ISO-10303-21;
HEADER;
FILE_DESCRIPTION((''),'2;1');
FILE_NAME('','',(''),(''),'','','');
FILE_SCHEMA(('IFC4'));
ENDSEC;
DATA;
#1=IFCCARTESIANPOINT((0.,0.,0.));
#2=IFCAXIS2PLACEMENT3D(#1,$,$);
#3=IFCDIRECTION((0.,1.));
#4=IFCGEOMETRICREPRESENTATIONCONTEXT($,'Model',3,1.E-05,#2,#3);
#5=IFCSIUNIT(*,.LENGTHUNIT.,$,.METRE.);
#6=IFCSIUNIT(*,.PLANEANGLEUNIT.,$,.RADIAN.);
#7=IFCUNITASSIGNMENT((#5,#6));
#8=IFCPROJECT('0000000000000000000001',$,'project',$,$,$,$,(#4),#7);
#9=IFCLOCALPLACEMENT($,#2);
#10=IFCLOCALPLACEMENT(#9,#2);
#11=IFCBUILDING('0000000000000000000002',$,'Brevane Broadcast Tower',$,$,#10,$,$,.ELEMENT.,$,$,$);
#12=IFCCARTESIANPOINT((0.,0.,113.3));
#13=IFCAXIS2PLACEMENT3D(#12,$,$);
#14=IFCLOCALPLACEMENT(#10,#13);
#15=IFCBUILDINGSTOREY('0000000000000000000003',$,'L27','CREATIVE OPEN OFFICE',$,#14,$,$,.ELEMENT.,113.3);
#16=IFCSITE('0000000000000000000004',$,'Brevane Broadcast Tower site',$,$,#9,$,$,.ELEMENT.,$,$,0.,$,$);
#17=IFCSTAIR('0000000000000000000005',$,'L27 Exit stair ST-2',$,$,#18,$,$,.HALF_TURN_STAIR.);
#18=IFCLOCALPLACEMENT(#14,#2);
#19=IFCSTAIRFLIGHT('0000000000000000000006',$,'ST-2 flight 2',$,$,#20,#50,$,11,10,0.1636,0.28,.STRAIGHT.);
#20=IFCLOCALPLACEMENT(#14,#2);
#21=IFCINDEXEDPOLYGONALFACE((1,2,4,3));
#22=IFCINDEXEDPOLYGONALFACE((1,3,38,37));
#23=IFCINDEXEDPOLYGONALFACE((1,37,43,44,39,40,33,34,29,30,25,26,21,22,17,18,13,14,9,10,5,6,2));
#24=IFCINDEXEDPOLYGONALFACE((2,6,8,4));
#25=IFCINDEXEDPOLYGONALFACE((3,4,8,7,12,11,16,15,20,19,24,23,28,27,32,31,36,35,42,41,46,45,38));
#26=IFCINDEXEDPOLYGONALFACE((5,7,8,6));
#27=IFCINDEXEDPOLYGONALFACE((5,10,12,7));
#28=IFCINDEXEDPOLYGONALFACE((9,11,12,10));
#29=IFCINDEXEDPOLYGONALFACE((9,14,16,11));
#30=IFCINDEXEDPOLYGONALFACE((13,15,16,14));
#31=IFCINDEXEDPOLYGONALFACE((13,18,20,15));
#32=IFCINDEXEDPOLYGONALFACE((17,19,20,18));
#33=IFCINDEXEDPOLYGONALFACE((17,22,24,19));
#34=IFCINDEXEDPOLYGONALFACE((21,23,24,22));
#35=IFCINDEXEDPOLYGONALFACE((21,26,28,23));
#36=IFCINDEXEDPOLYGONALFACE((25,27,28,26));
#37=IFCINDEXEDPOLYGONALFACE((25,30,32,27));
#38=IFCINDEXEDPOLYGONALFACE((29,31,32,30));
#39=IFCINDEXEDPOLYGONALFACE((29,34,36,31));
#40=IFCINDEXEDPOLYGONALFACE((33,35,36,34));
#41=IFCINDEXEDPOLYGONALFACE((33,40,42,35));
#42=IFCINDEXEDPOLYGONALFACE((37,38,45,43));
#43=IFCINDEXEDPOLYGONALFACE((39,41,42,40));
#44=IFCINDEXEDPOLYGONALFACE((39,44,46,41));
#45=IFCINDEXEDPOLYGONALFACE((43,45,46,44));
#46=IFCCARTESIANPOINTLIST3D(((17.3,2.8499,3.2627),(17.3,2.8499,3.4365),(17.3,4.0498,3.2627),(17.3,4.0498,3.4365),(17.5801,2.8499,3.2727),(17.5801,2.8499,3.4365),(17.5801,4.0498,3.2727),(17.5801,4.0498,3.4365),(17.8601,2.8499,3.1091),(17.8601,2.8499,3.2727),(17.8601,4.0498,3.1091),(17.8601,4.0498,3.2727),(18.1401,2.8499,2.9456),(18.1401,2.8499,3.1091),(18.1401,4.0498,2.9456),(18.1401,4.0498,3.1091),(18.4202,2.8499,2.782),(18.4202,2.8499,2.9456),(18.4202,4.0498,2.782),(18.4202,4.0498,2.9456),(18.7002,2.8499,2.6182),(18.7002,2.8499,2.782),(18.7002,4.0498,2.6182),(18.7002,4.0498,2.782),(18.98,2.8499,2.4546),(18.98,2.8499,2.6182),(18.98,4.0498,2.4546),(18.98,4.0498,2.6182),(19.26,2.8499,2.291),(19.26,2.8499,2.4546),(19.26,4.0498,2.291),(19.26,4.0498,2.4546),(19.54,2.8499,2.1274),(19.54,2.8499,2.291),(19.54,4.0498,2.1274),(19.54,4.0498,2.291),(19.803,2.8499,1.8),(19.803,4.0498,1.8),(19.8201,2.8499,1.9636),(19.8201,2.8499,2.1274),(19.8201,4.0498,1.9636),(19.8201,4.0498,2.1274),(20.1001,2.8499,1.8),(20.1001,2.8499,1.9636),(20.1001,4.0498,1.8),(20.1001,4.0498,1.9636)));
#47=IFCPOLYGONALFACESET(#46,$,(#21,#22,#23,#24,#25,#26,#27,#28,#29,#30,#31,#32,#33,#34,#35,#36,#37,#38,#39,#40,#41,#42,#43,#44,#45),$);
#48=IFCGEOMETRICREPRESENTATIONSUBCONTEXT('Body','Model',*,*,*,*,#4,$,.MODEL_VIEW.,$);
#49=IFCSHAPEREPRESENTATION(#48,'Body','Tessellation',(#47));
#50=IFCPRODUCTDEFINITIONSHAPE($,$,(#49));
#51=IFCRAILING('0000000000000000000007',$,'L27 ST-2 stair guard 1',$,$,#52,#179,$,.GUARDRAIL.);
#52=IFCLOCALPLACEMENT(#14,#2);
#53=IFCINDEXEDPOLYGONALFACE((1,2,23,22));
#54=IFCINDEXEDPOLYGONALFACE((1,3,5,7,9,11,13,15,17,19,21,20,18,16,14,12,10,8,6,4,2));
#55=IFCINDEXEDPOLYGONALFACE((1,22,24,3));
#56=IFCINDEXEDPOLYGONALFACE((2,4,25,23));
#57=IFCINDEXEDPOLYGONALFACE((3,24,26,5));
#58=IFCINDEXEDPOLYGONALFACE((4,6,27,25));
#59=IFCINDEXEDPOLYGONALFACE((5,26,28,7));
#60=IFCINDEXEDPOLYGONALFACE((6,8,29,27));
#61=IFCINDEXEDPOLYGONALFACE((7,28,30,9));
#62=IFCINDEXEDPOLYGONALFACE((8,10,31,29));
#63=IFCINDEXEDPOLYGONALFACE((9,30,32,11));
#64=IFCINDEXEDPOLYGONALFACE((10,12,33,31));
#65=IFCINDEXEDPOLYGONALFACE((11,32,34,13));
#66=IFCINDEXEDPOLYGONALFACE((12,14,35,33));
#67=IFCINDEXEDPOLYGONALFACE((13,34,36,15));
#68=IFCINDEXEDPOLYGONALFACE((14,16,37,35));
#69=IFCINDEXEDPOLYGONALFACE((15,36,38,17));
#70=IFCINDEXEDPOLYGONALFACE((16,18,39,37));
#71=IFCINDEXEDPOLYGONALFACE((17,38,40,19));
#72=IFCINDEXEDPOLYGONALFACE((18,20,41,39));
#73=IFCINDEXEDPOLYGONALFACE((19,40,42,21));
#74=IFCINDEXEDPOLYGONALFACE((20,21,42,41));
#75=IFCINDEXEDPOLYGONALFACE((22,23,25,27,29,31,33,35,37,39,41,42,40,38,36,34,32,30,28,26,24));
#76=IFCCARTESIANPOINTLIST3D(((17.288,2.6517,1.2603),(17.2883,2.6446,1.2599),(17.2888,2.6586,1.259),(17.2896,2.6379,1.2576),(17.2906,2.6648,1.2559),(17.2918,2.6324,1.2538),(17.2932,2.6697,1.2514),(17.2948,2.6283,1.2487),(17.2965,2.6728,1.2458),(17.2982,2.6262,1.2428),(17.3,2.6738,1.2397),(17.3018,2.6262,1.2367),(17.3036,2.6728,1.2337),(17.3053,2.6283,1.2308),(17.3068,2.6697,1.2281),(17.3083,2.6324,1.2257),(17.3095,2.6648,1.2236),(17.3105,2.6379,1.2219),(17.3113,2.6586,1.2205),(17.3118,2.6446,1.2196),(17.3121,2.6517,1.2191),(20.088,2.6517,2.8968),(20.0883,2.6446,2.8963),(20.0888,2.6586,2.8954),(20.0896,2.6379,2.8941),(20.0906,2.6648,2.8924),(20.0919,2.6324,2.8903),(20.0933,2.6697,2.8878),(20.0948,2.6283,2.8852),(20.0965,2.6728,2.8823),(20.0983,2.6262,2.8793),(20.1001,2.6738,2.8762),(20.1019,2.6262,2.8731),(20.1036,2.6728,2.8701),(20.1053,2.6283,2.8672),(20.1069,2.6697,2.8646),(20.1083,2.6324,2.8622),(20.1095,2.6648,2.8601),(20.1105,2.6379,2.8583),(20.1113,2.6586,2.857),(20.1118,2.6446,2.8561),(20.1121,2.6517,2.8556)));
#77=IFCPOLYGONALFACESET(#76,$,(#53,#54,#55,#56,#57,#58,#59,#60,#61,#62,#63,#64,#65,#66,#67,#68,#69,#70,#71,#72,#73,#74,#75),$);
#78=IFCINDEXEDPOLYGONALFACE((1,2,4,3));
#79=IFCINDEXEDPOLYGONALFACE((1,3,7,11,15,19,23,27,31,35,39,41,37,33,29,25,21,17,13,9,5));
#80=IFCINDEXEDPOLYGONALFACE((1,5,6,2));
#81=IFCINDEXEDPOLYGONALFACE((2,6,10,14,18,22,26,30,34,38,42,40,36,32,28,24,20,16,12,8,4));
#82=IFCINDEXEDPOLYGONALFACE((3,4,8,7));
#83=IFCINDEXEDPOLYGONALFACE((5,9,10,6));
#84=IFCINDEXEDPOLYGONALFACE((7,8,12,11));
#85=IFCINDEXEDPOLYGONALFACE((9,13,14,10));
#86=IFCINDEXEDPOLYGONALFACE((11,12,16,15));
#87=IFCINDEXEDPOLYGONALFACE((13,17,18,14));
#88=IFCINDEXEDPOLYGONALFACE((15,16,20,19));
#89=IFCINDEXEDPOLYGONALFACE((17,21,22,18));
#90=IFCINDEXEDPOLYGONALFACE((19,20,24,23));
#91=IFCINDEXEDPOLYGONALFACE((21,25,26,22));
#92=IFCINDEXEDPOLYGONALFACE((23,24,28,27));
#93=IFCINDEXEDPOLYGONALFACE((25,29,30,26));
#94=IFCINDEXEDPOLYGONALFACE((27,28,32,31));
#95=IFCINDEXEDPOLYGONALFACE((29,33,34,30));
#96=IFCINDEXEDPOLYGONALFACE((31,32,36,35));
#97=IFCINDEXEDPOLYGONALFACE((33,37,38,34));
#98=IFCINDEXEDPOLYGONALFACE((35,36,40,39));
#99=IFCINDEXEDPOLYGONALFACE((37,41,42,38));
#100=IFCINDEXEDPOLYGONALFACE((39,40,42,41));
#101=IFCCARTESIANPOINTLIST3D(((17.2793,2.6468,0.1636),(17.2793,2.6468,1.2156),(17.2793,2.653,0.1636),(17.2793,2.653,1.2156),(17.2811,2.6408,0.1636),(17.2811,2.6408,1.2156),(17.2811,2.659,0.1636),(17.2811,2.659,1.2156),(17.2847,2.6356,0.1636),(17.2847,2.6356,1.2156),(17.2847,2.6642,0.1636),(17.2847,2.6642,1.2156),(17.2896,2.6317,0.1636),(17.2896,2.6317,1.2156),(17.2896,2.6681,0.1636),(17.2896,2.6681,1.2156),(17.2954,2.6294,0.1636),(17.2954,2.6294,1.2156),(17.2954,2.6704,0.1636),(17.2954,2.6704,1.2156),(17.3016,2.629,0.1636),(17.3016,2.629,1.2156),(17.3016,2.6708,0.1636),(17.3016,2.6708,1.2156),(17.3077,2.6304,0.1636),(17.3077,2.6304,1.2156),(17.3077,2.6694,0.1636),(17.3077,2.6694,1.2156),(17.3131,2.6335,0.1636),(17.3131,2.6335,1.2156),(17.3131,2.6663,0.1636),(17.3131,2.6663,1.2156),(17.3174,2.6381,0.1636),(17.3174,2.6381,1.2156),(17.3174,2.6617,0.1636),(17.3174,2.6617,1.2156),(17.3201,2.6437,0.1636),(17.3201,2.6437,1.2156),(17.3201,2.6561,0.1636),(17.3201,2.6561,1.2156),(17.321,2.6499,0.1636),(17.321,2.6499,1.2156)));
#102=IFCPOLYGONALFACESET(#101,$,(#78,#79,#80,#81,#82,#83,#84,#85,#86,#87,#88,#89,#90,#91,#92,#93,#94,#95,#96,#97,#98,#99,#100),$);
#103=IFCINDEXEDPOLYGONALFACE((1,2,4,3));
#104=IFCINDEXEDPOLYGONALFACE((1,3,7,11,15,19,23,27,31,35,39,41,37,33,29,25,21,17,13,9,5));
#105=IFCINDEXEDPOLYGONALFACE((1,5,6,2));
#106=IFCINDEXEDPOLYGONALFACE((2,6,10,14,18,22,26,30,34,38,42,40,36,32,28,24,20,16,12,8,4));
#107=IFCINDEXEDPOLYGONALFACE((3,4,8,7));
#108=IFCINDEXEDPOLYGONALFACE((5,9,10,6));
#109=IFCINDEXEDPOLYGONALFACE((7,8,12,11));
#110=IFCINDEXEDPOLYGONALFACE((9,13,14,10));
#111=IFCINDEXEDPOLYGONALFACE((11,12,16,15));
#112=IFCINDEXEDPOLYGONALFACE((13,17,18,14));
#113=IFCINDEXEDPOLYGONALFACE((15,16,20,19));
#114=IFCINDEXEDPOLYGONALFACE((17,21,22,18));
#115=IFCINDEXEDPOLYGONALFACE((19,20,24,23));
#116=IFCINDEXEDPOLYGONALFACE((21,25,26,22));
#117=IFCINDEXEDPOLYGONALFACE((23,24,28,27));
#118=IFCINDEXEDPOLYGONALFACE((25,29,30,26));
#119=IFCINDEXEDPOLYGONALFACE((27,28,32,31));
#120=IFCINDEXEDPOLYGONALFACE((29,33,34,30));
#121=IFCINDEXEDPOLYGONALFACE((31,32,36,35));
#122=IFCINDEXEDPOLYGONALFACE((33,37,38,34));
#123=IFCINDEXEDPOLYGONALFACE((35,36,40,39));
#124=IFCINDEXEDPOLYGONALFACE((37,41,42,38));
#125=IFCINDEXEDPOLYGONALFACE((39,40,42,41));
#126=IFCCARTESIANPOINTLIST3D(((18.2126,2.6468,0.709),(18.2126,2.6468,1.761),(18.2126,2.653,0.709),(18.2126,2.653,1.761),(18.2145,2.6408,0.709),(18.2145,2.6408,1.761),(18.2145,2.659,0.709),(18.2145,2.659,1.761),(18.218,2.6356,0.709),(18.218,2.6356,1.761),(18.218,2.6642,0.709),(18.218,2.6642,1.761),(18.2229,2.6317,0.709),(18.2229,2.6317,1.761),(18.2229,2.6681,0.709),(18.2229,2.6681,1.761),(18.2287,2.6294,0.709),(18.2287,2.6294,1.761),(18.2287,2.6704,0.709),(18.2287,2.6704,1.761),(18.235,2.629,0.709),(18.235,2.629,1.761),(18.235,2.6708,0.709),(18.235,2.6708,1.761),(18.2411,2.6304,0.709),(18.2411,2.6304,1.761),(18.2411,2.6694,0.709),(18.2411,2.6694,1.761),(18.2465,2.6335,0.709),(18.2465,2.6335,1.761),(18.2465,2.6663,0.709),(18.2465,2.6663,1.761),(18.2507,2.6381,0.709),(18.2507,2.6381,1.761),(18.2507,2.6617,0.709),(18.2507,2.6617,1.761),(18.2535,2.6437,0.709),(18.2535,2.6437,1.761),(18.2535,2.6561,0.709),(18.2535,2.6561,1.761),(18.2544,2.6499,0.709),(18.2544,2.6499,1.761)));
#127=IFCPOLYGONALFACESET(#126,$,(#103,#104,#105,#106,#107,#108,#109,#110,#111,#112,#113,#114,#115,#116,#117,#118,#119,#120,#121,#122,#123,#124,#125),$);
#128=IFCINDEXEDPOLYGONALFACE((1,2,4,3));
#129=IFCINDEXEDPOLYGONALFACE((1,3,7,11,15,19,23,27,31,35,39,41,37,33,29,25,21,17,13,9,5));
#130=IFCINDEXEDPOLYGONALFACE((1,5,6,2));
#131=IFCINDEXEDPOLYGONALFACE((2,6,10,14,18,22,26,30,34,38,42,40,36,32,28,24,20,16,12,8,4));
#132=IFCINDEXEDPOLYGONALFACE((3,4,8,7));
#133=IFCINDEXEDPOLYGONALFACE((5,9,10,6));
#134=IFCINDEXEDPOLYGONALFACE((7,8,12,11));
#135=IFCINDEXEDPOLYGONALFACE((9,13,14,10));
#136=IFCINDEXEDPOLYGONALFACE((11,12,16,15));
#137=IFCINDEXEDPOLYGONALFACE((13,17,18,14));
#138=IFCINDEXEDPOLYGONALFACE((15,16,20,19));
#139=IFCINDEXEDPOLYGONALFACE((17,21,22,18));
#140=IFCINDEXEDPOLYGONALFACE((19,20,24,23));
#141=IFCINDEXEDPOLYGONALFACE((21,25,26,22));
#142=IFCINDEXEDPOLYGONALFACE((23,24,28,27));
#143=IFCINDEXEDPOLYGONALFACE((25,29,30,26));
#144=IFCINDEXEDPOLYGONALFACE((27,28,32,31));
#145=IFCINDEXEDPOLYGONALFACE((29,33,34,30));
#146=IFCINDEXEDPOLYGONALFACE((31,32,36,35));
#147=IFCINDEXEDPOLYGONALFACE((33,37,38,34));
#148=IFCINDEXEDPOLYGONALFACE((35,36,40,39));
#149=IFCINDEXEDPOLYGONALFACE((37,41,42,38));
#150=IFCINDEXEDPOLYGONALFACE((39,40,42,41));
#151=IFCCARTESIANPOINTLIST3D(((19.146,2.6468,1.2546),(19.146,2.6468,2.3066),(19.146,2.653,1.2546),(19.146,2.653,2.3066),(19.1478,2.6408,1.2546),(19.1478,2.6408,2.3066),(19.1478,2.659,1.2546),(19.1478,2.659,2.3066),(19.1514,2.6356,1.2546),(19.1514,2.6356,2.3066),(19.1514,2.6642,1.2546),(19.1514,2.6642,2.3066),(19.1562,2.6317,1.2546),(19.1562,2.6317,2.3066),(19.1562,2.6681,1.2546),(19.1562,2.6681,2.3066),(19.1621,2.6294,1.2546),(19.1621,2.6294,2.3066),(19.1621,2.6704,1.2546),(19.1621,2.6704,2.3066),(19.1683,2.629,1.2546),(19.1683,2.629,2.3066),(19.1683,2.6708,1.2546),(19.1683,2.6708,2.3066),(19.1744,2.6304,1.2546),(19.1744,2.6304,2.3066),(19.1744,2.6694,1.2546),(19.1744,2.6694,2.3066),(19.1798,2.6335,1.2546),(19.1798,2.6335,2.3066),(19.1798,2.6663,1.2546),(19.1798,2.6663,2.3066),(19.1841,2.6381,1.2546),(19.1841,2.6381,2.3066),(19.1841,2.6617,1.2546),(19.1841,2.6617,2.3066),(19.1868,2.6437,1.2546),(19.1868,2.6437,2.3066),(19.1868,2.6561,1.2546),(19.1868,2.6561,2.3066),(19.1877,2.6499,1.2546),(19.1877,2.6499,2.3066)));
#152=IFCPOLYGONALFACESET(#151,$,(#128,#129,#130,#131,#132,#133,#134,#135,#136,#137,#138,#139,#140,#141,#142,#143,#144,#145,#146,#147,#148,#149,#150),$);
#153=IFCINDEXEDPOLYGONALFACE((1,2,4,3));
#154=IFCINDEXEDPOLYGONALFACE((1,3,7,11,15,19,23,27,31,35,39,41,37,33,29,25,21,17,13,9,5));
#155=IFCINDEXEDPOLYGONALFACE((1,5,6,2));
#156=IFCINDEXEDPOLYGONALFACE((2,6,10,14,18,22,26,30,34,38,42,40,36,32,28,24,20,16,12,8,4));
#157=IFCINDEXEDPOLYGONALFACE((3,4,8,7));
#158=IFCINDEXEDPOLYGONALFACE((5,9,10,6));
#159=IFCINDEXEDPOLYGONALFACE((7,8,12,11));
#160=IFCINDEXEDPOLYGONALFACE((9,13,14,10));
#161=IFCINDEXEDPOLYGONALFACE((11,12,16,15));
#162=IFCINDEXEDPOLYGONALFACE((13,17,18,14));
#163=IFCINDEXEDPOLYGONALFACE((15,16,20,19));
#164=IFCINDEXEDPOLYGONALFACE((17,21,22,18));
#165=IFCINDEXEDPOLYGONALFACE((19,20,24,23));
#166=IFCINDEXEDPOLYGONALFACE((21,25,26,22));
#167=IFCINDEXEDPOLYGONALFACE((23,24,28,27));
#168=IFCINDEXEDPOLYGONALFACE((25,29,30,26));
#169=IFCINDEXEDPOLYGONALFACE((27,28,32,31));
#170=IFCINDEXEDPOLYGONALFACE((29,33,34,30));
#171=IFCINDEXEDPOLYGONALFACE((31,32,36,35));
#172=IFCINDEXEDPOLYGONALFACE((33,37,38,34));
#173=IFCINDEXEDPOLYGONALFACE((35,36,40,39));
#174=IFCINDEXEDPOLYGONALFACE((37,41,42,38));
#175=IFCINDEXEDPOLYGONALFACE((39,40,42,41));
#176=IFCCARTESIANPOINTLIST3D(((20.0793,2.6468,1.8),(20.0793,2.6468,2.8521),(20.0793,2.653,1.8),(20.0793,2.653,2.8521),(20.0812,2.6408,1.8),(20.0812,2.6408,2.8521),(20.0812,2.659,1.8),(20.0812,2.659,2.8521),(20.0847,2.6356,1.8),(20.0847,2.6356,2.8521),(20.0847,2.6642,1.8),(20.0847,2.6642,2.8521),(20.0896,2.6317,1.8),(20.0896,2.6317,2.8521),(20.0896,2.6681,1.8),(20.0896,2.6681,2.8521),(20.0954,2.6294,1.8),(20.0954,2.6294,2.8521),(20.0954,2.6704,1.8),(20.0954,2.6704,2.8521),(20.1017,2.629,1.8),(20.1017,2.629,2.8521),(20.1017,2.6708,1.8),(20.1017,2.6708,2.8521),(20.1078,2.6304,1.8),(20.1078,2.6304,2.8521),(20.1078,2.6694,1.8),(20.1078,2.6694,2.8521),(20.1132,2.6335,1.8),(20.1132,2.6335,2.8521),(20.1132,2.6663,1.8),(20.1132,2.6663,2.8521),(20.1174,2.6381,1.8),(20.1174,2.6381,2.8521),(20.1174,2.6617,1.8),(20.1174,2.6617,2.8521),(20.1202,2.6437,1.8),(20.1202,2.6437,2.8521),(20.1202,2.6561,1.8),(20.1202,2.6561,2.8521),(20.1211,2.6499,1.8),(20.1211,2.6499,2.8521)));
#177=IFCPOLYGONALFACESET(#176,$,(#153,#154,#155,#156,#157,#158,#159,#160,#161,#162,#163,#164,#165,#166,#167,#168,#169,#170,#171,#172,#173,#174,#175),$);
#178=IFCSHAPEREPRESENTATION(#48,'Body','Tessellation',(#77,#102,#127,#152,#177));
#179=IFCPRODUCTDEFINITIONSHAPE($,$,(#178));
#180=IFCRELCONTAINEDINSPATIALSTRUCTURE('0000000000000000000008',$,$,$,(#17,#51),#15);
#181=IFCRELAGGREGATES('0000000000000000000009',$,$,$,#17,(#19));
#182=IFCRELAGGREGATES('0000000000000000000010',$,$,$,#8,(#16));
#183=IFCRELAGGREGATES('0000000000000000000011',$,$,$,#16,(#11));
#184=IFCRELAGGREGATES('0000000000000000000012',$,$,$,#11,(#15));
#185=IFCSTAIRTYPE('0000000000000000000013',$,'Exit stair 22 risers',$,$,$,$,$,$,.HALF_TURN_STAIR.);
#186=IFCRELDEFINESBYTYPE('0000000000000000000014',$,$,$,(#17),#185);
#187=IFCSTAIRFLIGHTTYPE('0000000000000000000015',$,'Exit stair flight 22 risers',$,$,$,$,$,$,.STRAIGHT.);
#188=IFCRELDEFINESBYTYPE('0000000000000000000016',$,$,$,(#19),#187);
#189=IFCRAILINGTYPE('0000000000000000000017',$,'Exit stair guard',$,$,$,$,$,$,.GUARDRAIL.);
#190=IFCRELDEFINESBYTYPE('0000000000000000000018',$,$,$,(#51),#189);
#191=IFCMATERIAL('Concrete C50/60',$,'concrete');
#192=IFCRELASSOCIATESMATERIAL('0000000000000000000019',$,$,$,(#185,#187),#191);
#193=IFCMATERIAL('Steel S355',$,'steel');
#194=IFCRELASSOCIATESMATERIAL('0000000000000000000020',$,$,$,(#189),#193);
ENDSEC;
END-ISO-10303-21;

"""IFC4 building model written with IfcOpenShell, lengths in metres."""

from ifc_helpers import new_model, si_unit, direction, frame, origin, origin_2d, place, context, subcontext, project, spatial, polyline, circle, outline, extrude, material, type_object, element, aggregate, save


model = new_model("IFC4")

# Units and contexts
model_context = context("Model", 3, precision=1e-05, world=origin(), true_north=direction((0.0, 1.0)))
body_context = subcontext(model_context, "Body", "Model", "MODEL_VIEW")
ifc_project = project(units=[si_unit("LENGTHUNIT", "METRE"), si_unit("PLANEANGLEUNIT", "RADIAN")], contexts=[model_context])

# Site, building, storey
site_placement = place(None, origin())
site = spatial("IfcSite", under=ifc_project, at=site_placement, Name="Brevane Broadcast Tower site", CompositionType="ELEMENT", RefElevation=0.0)
building_placement = place(site_placement, origin())
building = spatial("IfcBuilding", under=site, at=building_placement, Name="Brevane Broadcast Tower", CompositionType="ELEMENT")
storey_placement = place(building_placement, frame((0.0, 0.0, 113.3)))
storey = spatial("IfcBuildingStorey", under=building, at=storey_placement, Name="L27", Description="CREATIVE OPEN OFFICE", CompositionType="ELEMENT", Elevation=113.3)

# Stair, stair flight
ifc_material_1 = material(Name="Concrete C50/60", Category="concrete")
stair_type = type_object("IfcStairType", Name="Exit stair 22 risers", PredefinedType="HALF_TURN_STAIR", material=ifc_material_1)
stair_placement = place(storey_placement, origin())
stair = element("IfcStair", 1, at=stair_placement, inside=storey, type_object=stair_type, Name="L27 Exit stair ST-2", PredefinedType="HALF_TURN_STAIR")
stair_flight_type = type_object("IfcStairFlightType", Name="Exit stair flight 22 risers", PredefinedType="STRAIGHT", material=ifc_material_1)
stair_flight_1_placement = place(storey_placement, frame((20.1001, 3.45, 1.8), z_axis=(0.0, 0.0, 1.0), x_axis=(-1.0, 0.0, 0.0)))
stair_flight_1 = element("IfcStairFlight", 2, at=stair_flight_1_placement, type_object=stair_flight_type, Name="ST-2 flight 2", NumberOfRisers=11, NumberOfTreads=10, PredefinedType="STRAIGHT", RiserHeight=0.1636, TreadLength=0.28, context=body_context, shape_type="SweptSolid", body=[
    extrude(outline(polyline([(0.0, 0.0), (0.0, 0.1636), (0.28, 0.1636), (0.28, 0.3274), (0.5601, 0.3274), (0.5601, 0.491), (0.8401, 0.491), (0.8401, 0.6545), (1.1201, 0.6545), (1.1201, 0.8181), (1.3999, 0.8181), (1.3999, 0.9819), (1.6799, 0.9819), (1.6799, 1.1455), (1.96, 1.1455), (1.96, 1.3091), (2.24, 1.3091), (2.24, 1.4727), (2.52, 1.4727), (2.52, 1.6365), (2.8, 1.6365), (2.8, 1.8), (2.8, 1.4626), (0.2971, 0.0), (0.0, 0.0)])), frame((0.0, 0.6001, 0.0), z_axis=(0.0, -1.0, 0.0), x_axis=(1.0, 0.0, 0.0)), (0.0, 0.0, 1.0), 1.2),
])
aggregate(stair, [stair_flight_1])

# Railing
ifc_material_2 = material(Name="Steel S355", Category="steel")
railing_type_1 = type_object("IfcRailingType", Name="Exit stair guard", PredefinedType="GUARDRAIL", material=ifc_material_2)
railing_1_placement = place(storey_placement, frame((17.3, 2.6499, 0.1636)))
element("IfcRailing", 3, at=railing_1_placement, inside=storey, type_object=railing_type_1, Name="L27 ST-2 stair guard 1", PredefinedType="GUARDRAIL", context=body_context, shape_type="SweptSolid", body=[
    extrude(circle(Radius=0.0239, at=origin_2d()), frame((0.0, 0.0, 1.0762), z_axis=(0.863361, 0.0, 0.504587), x_axis=(0.0, 1.0, 0.0)), (0.0, 0.0, 1.0), 3.2432),
    extrude(circle(Radius=0.021, at=origin_2d()), origin(), (0.0, 0.0, 1.0), 1.052),
    extrude(circle(Radius=0.021, at=origin_2d()), frame((0.9333, 0.0, 0.5454)), (0.0, 0.0, 1.0), 1.052),
    extrude(circle(Radius=0.021, at=origin_2d()), frame((1.8667, 0.0, 1.0911)), (0.0, 0.0, 1.0), 1.052),
    extrude(circle(Radius=0.021, at=origin_2d()), frame((2.8, 0.0, 1.6365)), (0.0, 0.0, 1.0), 1.052),
])

save(model, "model.ifc")
